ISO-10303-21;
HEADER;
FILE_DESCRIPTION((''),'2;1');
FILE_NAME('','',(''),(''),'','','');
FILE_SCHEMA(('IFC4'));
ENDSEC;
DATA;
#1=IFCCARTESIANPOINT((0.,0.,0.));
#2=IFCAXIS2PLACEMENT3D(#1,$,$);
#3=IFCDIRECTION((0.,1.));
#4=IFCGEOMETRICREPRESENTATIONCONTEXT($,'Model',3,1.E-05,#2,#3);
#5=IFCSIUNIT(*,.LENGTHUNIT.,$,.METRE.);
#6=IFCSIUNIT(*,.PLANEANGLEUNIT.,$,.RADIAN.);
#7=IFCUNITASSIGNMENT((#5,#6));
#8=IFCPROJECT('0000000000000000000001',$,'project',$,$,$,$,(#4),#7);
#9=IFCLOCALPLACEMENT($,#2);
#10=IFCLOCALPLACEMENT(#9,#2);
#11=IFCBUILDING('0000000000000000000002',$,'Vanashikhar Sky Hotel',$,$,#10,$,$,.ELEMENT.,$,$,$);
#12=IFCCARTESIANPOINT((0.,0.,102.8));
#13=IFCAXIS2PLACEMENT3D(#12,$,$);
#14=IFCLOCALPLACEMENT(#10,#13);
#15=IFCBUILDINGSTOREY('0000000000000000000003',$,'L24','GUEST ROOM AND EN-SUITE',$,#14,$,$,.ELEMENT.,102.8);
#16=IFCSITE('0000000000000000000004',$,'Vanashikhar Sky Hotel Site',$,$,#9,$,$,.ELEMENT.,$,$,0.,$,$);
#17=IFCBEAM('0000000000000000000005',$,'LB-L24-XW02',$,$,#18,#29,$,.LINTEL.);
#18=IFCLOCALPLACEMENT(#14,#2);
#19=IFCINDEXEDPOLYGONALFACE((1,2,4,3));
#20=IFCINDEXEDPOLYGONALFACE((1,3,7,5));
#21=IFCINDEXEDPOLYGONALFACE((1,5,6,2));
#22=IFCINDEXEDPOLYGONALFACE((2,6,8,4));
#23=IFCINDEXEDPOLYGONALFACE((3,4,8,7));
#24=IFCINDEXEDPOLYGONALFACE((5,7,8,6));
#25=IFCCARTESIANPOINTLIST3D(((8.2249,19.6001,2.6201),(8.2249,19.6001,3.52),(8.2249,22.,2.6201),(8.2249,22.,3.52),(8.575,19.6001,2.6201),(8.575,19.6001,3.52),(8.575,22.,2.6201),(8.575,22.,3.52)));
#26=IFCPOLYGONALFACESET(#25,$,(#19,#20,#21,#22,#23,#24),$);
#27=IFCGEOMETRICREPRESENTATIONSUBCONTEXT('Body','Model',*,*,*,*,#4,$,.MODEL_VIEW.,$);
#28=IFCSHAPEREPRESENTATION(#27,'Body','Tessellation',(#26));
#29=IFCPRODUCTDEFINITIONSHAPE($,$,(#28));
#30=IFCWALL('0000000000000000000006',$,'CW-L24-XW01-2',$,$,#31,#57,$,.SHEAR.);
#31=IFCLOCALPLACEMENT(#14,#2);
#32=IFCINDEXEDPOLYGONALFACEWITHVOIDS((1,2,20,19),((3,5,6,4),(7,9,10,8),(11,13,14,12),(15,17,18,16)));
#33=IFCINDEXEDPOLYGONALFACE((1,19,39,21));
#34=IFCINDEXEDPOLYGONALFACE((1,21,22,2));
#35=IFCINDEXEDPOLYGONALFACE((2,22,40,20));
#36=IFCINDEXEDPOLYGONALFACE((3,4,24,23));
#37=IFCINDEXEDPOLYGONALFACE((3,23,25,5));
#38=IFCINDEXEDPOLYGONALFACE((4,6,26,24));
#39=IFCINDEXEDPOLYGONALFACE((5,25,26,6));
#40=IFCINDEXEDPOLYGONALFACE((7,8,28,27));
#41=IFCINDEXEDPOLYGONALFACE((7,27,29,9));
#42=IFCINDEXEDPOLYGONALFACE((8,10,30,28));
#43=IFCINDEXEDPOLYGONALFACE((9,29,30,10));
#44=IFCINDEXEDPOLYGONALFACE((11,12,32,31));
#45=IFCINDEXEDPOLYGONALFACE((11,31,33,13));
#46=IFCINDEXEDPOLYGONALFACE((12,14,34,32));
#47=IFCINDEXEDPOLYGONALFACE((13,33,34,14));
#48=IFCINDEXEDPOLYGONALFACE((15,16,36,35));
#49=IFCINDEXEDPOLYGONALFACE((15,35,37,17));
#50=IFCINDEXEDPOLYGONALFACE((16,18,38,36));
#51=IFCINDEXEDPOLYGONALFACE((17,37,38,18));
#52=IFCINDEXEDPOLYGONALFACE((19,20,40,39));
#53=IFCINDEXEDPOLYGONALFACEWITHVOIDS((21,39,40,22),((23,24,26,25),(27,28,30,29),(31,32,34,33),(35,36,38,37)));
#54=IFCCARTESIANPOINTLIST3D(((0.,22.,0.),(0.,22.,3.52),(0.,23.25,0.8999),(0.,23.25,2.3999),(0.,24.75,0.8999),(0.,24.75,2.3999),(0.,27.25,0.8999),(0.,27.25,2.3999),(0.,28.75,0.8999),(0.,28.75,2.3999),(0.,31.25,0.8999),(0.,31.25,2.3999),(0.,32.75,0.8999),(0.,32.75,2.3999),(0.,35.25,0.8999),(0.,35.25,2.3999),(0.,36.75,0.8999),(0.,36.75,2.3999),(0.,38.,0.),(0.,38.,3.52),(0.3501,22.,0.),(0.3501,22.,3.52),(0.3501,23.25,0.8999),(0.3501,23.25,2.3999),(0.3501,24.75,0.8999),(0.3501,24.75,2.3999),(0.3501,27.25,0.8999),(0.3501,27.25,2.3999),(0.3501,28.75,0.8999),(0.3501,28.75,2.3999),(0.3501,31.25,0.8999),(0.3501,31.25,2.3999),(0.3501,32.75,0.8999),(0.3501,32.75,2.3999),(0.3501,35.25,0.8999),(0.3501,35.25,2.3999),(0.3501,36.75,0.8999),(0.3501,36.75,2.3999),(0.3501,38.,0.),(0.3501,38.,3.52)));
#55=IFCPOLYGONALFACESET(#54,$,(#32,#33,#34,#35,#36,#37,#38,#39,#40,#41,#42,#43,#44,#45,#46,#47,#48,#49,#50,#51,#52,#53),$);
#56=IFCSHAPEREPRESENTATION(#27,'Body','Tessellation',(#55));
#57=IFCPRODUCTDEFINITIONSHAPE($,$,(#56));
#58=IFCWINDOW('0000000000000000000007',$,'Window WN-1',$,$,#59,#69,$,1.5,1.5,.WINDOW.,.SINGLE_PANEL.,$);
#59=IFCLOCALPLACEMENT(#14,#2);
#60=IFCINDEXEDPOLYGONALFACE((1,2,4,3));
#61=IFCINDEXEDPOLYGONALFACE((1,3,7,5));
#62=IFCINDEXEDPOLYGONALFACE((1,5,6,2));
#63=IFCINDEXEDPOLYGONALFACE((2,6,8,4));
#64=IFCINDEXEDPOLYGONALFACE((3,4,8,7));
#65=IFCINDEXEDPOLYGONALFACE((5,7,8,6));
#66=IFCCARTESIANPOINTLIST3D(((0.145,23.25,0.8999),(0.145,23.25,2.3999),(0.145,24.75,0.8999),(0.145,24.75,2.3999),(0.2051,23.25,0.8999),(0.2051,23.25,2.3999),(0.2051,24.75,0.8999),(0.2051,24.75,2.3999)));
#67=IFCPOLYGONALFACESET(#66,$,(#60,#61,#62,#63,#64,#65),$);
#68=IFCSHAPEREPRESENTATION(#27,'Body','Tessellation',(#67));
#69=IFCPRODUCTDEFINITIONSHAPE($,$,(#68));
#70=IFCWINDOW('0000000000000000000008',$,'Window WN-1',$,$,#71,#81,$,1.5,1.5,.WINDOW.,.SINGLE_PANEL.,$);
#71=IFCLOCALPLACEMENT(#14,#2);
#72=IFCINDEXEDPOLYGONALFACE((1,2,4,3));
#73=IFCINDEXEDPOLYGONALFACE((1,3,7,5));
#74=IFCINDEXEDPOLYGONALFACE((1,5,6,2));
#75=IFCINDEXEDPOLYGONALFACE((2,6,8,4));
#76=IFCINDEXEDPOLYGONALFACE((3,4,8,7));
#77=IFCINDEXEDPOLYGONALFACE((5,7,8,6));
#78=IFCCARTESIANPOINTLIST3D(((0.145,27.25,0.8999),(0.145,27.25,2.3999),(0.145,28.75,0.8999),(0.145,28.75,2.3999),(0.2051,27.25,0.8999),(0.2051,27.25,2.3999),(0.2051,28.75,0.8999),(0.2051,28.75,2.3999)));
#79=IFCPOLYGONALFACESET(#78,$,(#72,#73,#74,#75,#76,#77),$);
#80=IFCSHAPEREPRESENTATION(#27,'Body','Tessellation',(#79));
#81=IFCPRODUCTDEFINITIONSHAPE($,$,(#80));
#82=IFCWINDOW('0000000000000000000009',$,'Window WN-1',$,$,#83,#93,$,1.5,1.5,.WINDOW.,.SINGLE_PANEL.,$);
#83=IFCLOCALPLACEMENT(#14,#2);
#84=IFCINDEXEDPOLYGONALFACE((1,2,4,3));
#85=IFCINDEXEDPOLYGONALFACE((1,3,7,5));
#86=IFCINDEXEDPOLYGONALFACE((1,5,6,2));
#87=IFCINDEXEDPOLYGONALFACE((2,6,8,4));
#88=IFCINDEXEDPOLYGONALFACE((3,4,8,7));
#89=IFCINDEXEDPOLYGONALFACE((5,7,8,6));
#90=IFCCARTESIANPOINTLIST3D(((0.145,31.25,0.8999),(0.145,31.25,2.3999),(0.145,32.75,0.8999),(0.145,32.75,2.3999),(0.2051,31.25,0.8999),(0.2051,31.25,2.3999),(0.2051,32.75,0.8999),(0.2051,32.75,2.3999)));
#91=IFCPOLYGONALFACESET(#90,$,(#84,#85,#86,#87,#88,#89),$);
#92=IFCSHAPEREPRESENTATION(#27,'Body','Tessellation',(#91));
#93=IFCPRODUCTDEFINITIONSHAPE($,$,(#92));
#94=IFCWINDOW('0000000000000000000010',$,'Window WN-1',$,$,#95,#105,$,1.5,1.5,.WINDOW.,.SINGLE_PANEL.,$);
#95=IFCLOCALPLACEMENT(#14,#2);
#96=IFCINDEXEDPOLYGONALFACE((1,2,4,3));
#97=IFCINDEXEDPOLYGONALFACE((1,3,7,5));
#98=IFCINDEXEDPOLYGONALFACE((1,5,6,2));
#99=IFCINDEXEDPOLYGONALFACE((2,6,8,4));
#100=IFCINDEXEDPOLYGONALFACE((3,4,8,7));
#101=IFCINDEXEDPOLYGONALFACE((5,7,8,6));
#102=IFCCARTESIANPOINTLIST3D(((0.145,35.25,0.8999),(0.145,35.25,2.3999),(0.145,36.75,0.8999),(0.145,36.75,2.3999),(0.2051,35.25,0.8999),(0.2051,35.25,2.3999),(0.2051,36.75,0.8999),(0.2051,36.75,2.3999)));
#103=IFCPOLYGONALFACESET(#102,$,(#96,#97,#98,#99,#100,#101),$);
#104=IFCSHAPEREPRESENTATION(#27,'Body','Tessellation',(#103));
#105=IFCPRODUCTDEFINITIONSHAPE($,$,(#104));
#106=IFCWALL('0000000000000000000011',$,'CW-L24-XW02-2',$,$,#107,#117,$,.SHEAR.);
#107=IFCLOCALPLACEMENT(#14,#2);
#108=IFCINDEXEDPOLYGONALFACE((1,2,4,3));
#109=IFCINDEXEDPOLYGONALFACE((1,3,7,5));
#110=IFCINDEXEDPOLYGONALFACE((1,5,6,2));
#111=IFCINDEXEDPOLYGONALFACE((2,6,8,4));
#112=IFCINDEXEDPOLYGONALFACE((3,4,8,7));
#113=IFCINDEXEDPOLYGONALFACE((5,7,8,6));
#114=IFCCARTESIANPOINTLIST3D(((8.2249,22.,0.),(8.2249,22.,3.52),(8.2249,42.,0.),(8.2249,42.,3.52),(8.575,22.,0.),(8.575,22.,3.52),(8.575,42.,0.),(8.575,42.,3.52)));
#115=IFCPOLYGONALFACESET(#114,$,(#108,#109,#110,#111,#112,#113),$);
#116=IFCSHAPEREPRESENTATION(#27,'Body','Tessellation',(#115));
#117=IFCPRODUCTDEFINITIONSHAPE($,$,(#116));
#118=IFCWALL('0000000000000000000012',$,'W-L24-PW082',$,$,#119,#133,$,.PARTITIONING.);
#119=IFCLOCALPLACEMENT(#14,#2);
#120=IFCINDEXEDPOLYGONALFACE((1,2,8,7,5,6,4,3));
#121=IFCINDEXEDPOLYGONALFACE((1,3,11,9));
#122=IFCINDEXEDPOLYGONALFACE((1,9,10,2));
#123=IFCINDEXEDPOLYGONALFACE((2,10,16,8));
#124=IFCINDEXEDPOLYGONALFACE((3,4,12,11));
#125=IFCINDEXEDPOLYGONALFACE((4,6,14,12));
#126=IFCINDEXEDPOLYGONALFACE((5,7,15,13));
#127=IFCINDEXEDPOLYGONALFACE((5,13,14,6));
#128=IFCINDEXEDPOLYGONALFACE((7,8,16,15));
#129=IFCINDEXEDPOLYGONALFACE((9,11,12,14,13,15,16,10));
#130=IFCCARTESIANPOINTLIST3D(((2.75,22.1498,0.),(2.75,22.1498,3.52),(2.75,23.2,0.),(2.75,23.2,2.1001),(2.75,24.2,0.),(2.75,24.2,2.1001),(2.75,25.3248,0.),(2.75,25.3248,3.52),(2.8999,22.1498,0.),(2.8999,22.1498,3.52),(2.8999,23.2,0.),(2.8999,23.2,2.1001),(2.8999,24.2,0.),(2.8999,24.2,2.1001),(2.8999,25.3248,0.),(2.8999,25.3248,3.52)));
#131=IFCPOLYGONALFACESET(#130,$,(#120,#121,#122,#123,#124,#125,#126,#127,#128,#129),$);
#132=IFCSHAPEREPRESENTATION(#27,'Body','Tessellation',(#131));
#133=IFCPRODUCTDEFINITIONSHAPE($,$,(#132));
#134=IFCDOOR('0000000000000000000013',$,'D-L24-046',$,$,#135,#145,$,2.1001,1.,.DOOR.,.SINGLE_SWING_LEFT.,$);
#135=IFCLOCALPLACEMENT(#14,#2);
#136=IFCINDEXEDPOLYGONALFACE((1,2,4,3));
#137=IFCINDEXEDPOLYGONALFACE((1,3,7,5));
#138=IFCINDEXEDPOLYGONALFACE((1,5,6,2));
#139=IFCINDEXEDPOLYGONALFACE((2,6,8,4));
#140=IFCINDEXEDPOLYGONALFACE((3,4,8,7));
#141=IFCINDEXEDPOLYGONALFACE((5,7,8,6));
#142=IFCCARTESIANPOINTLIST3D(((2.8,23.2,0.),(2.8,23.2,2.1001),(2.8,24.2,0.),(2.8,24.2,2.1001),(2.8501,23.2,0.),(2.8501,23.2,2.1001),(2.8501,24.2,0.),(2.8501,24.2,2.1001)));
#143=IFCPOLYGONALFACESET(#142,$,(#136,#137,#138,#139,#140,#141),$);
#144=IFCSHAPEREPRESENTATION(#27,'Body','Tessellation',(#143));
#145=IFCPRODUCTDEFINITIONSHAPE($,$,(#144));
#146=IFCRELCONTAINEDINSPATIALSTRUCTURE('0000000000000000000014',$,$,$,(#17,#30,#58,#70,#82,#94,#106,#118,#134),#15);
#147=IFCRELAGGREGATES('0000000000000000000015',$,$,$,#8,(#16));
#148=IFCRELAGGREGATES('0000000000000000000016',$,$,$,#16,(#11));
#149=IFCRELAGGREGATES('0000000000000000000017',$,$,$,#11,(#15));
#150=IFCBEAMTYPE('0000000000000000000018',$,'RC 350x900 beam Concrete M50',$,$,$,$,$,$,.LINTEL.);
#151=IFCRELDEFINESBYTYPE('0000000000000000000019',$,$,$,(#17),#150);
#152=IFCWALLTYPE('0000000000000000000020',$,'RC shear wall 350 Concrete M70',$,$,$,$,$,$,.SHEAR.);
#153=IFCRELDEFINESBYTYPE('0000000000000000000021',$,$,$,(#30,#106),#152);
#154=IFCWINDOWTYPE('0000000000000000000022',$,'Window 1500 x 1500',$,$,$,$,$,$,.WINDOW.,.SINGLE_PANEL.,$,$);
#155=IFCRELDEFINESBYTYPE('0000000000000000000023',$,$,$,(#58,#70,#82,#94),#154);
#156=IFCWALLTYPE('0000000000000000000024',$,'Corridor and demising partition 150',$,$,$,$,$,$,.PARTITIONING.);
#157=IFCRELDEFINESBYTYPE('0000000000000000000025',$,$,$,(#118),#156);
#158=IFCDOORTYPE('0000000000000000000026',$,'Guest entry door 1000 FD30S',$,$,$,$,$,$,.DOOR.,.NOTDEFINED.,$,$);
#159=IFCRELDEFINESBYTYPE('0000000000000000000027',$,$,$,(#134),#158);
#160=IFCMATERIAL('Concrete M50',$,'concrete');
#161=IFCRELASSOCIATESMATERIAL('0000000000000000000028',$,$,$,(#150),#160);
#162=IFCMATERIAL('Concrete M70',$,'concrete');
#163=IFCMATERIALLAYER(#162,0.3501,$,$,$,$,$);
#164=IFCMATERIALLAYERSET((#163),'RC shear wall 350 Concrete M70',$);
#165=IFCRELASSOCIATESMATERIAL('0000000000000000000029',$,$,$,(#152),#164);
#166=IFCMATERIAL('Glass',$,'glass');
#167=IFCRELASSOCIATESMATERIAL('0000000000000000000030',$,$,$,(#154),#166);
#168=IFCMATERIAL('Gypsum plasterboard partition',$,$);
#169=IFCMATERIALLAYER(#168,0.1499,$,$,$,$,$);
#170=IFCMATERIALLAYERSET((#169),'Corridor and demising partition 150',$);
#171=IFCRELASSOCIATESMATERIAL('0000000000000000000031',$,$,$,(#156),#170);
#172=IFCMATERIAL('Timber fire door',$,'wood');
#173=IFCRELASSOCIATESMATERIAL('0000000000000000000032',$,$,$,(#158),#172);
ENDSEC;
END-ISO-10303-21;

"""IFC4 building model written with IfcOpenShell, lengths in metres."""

from ifc_helpers import new_model, si_unit, direction, frame, frame_2d, origin, origin_2d, place, context, subcontext, project, spatial, rectangle, extrude, source, transform, mapped, material, layer, layer_set, material_profile, profile_set, type_object, element, fill, save


model = new_model("IFC4")

# Units and contexts
model_context = context("Model", 3, precision=1e-05, world=origin(), true_north=direction((0.0, 1.0)))
body_context = subcontext(model_context, "Body", "Model", "MODEL_VIEW")
ifc_project = project(units=[si_unit("LENGTHUNIT", "METRE"), si_unit("PLANEANGLEUNIT", "RADIAN")], contexts=[model_context])

# Site, building, storey
site_placement = place(None, origin())
site = spatial("IfcSite", under=ifc_project, at=site_placement, Name="Vanashikhar Sky Hotel Site", CompositionType="ELEMENT", RefElevation=0.0)
building_placement = place(site_placement, origin())
building = spatial("IfcBuilding", under=site, at=building_placement, Name="Vanashikhar Sky Hotel", CompositionType="ELEMENT")
storey_placement = place(building_placement, frame((0.0, 0.0, 102.8)))
storey = spatial("IfcBuildingStorey", under=building, at=storey_placement, Name="L24", Description="GUEST ROOM AND EN-SUITE", CompositionType="ELEMENT", Elevation=102.8)

# Beam
ifc_material_1 = material(Name="Concrete M50", Category="concrete")
ifc_material_profile = material_profile(ifc_material_1, rectangle(XDim=0.3501, YDim=0.8999, at=origin_2d()))
ifc_profile_set = profile_set([ifc_material_profile], Name="RC 350x900 beam Concrete M50")
beam_type = type_object("IfcBeamType", Name="RC 350x900 beam Concrete M50", PredefinedType="LINTEL", material=ifc_profile_set)
shared_shape_1 = source(origin(), body_context, "Body", "SweptSolid", [
    extrude(rectangle(XDim=0.3501, YDim=0.8999, at=origin_2d()), origin(), (0.0, 0.0, 1.0), 2.3999),
])
beam_placement = place(storey_placement, frame((8.3999, 19.6001, 3.0701), z_axis=(0.0, 1.0, 0.0), x_axis=(-1.0, 0.0, 0.0)))
element("IfcBeam", 1, at=beam_placement, inside=storey, type_object=beam_type, Name="LB-L24-XW02", PredefinedType="LINTEL", context=body_context, shape_type="MappedRepresentation", body=[
    mapped(shared_shape_1, transform((0.0, 0.0, 0.0), scale=1.0)),
])

# Wall, openings, windows
ifc_material_2 = material(Name="Concrete M70", Category="concrete")
ifc_layer_1 = layer(ifc_material_2, 0.3501)
ifc_layer_set_1 = layer_set([ifc_layer_1], Name="RC shear wall 350 Concrete M70")
wall_type_1 = type_object("IfcWallType", Name="RC shear wall 350 Concrete M70", PredefinedType="SHEAR", material=ifc_layer_set_1)
shared_shape_2 = source(origin(), body_context, "Body", "SweptSolid", [
    extrude(rectangle(XDim=16.0, YDim=0.3501, at=frame_2d((8.0, 0.0))), origin(), (0.0, 0.0, 1.0), 3.52),
])
wall_1_placement = place(storey_placement, frame((0.175, 22.0, 0.0), z_axis=(0.0, 0.0, 1.0), x_axis=(0.0, 1.0, 0.0)))
wall_1 = element("IfcWall", 2, at=wall_1_placement, inside=storey, type_object=wall_type_1, Name="CW-L24-XW01-2", PredefinedType="SHEAR", context=body_context, shape_type="MappedRepresentation", body=[
    mapped(shared_shape_2, transform((0.0, 0.0, 0.0), scale=1.0)),
])
shared_shape_3 = source(origin(), body_context, "Body", "SweptSolid", [
    extrude(rectangle(XDim=1.5, YDim=1.5, at=frame_2d((0.75, 0.75))), frame((0.0, 0.1851, 0.0), z_axis=(0.0, -1.0, 0.0), x_axis=(1.0, 0.0, 0.0)), (0.0, 0.0, 1.0), 0.3701),
])
opening_1_placement = place(wall_1_placement, frame((1.25, 0.0, 0.8999)))
opening_1 = element("IfcOpeningElement", 3, at=opening_1_placement, cuts=wall_1, PredefinedType="OPENING", context=body_context, shape_type="MappedRepresentation", body=[
    mapped(shared_shape_3, transform((0.0, 0.0, 0.0), scale=1.0)),
])
opening_2_placement = place(wall_1_placement, frame((5.25, 0.0, 0.8999)))
opening_2 = element("IfcOpeningElement", 4, at=opening_2_placement, cuts=wall_1, PredefinedType="OPENING", context=body_context, shape_type="MappedRepresentation", body=[
    mapped(shared_shape_3, transform((0.0, 0.0, 0.0), scale=1.0)),
])
opening_3_placement = place(wall_1_placement, frame((9.25, 0.0, 0.8999)))
opening_3 = element("IfcOpeningElement", 5, at=opening_3_placement, cuts=wall_1, PredefinedType="OPENING", context=body_context, shape_type="MappedRepresentation", body=[
    mapped(shared_shape_3, transform((0.0, 0.0, 0.0), scale=1.0)),
])
opening_4_placement = place(wall_1_placement, frame((13.25, 0.0, 0.8999)))
opening_4 = element("IfcOpeningElement", 6, at=opening_4_placement, cuts=wall_1, PredefinedType="OPENING", context=body_context, shape_type="MappedRepresentation", body=[
    mapped(shared_shape_3, transform((0.0, 0.0, 0.0), scale=1.0)),
])
ifc_material_3 = material(Name="Glass", Category="glass")
window_type = type_object("IfcWindowType", Name="Window 1500 x 1500", PartitioningType="SINGLE_PANEL", PredefinedType="WINDOW", material=ifc_material_3)
shared_shape_4 = source(origin(), body_context, "Body", "SweptSolid", [
    extrude(rectangle(XDim=1.5, YDim=1.5, at=frame_2d((0.75, 0.75))), frame((0.0, 0.03, 0.0), z_axis=(0.0, -1.0, 0.0), x_axis=(1.0, 0.0, 0.0)), (0.0, 0.0, 1.0), 0.0601),
])
window_1_placement = place(opening_1_placement, origin())
window_1 = element("IfcWindow", 7, at=window_1_placement, inside=storey, type_object=window_type, Name="Window WN-1", OverallHeight=1.5, OverallWidth=1.5, PartitioningType="SINGLE_PANEL", PredefinedType="WINDOW", context=body_context, shape_type="MappedRepresentation", body=[
    mapped(shared_shape_4, transform((0.0, 0.0, 0.0), scale=1.0)),
])
fill(opening_1, window_1)
window_2_placement = place(opening_2_placement, origin())
window_2 = element("IfcWindow", 8, at=window_2_placement, inside=storey, type_object=window_type, Name="Window WN-1", OverallHeight=1.5, OverallWidth=1.5, PartitioningType="SINGLE_PANEL", PredefinedType="WINDOW", context=body_context, shape_type="MappedRepresentation", body=[
    mapped(shared_shape_4, transform((0.0, 0.0, 0.0), scale=1.0)),
])
fill(opening_2, window_2)
window_3_placement = place(opening_3_placement, origin())
window_3 = element("IfcWindow", 9, at=window_3_placement, inside=storey, type_object=window_type, Name="Window WN-1", OverallHeight=1.5, OverallWidth=1.5, PartitioningType="SINGLE_PANEL", PredefinedType="WINDOW", context=body_context, shape_type="MappedRepresentation", body=[
    mapped(shared_shape_4, transform((0.0, 0.0, 0.0), scale=1.0)),
])
fill(opening_3, window_3)
window_4_placement = place(opening_4_placement, origin())
window_4 = element("IfcWindow", 10, at=window_4_placement, inside=storey, type_object=window_type, Name="Window WN-1", OverallHeight=1.5, OverallWidth=1.5, PartitioningType="SINGLE_PANEL", PredefinedType="WINDOW", context=body_context, shape_type="MappedRepresentation", body=[
    mapped(shared_shape_4, transform((0.0, 0.0, 0.0), scale=1.0)),
])
fill(opening_4, window_4)

# Wall
shared_shape_5 = source(origin(), body_context, "Body", "SweptSolid", [
    extrude(rectangle(XDim=20.0, YDim=0.3501, at=frame_2d((10.0, 0.0))), origin(), (0.0, 0.0, 1.0), 3.52),
])
wall_2_placement = place(storey_placement, frame((8.3999, 22.0, 0.0), z_axis=(0.0, 0.0, 1.0), x_axis=(0.0, 1.0, 0.0)))
element("IfcWall", 11, at=wall_2_placement, inside=storey, type_object=wall_type_1, Name="CW-L24-XW02-2", PredefinedType="SHEAR", context=body_context, shape_type="MappedRepresentation", body=[
    mapped(shared_shape_5, transform((0.0, 0.0, 0.0), scale=1.0)),
])

# Wall, opening, door
ifc_material_4 = material(Name="Gypsum plasterboard partition")
ifc_layer_2 = layer(ifc_material_4, 0.1499)
ifc_layer_set_2 = layer_set([ifc_layer_2], Name="Corridor and demising partition 150")
wall_type_2 = type_object("IfcWallType", Name="Corridor and demising partition 150", PredefinedType="PARTITIONING", material=ifc_layer_set_2)
shared_shape_6 = source(origin(), body_context, "Body", "SweptSolid", [
    extrude(rectangle(XDim=3.175, YDim=0.1499, at=frame_2d((1.5874, 0.0))), origin(), (0.0, 0.0, 1.0), 3.52),
])
wall_3_placement = place(storey_placement, frame((2.825, 22.1499, 0.0), z_axis=(0.0, 0.0, 1.0), x_axis=(0.0, 1.0, 0.0)))
wall_3 = element("IfcWall", 12, at=wall_3_placement, inside=storey, type_object=wall_type_2, Name="W-L24-PW082", PredefinedType="PARTITIONING", context=body_context, shape_type="MappedRepresentation", body=[
    mapped(shared_shape_6, transform((0.0, 0.0, 0.0), scale=1.0)),
])
shared_shape_7 = source(origin(), body_context, "Body", "SweptSolid", [
    extrude(rectangle(XDim=1.0, YDim=2.1001, at=frame_2d((0.5, 1.05))), frame((0.0, 0.085, 0.0), z_axis=(0.0, -1.0, 0.0), x_axis=(1.0, 0.0, 0.0)), (0.0, 0.0, 1.0), 0.1699),
])
opening_5_placement = place(wall_3_placement, frame((1.05, 0.0, 0.0)))
opening_5 = element("IfcOpeningElement", 13, at=opening_5_placement, cuts=wall_3, PredefinedType="OPENING", context=body_context, shape_type="MappedRepresentation", body=[
    mapped(shared_shape_7, transform((0.0, 0.0, 0.0), scale=1.0)),
])
ifc_material_5 = material(Name="Timber fire door", Category="wood")
door_type_1 = type_object("IfcDoorType", Name="Guest entry door 1000 FD30S", OperationType="NOTDEFINED", PredefinedType="DOOR", material=ifc_material_5)
shared_shape_8 = source(origin(), body_context, "Body", "SweptSolid", [
    extrude(rectangle(XDim=1.0, YDim=2.1001, at=frame_2d((0.5, 1.05))), frame((0.0, 0.0249, 0.0), z_axis=(0.0, -1.0, 0.0), x_axis=(1.0, 0.0, 0.0)), (0.0, 0.0, 1.0), 0.05),
])
door_1_placement = place(opening_5_placement, origin())
door_1 = element("IfcDoor", 14, at=door_1_placement, inside=storey, type_object=door_type_1, Name="D-L24-046", OperationType="SINGLE_SWING_LEFT", OverallHeight=2.1001, OverallWidth=1.0, PredefinedType="DOOR", context=body_context, shape_type="MappedRepresentation", body=[
    mapped(shared_shape_8, transform((0.0, 0.0, 0.0), scale=1.0)),
])
fill(opening_5, door_1)

save(model, "model.ifc")
